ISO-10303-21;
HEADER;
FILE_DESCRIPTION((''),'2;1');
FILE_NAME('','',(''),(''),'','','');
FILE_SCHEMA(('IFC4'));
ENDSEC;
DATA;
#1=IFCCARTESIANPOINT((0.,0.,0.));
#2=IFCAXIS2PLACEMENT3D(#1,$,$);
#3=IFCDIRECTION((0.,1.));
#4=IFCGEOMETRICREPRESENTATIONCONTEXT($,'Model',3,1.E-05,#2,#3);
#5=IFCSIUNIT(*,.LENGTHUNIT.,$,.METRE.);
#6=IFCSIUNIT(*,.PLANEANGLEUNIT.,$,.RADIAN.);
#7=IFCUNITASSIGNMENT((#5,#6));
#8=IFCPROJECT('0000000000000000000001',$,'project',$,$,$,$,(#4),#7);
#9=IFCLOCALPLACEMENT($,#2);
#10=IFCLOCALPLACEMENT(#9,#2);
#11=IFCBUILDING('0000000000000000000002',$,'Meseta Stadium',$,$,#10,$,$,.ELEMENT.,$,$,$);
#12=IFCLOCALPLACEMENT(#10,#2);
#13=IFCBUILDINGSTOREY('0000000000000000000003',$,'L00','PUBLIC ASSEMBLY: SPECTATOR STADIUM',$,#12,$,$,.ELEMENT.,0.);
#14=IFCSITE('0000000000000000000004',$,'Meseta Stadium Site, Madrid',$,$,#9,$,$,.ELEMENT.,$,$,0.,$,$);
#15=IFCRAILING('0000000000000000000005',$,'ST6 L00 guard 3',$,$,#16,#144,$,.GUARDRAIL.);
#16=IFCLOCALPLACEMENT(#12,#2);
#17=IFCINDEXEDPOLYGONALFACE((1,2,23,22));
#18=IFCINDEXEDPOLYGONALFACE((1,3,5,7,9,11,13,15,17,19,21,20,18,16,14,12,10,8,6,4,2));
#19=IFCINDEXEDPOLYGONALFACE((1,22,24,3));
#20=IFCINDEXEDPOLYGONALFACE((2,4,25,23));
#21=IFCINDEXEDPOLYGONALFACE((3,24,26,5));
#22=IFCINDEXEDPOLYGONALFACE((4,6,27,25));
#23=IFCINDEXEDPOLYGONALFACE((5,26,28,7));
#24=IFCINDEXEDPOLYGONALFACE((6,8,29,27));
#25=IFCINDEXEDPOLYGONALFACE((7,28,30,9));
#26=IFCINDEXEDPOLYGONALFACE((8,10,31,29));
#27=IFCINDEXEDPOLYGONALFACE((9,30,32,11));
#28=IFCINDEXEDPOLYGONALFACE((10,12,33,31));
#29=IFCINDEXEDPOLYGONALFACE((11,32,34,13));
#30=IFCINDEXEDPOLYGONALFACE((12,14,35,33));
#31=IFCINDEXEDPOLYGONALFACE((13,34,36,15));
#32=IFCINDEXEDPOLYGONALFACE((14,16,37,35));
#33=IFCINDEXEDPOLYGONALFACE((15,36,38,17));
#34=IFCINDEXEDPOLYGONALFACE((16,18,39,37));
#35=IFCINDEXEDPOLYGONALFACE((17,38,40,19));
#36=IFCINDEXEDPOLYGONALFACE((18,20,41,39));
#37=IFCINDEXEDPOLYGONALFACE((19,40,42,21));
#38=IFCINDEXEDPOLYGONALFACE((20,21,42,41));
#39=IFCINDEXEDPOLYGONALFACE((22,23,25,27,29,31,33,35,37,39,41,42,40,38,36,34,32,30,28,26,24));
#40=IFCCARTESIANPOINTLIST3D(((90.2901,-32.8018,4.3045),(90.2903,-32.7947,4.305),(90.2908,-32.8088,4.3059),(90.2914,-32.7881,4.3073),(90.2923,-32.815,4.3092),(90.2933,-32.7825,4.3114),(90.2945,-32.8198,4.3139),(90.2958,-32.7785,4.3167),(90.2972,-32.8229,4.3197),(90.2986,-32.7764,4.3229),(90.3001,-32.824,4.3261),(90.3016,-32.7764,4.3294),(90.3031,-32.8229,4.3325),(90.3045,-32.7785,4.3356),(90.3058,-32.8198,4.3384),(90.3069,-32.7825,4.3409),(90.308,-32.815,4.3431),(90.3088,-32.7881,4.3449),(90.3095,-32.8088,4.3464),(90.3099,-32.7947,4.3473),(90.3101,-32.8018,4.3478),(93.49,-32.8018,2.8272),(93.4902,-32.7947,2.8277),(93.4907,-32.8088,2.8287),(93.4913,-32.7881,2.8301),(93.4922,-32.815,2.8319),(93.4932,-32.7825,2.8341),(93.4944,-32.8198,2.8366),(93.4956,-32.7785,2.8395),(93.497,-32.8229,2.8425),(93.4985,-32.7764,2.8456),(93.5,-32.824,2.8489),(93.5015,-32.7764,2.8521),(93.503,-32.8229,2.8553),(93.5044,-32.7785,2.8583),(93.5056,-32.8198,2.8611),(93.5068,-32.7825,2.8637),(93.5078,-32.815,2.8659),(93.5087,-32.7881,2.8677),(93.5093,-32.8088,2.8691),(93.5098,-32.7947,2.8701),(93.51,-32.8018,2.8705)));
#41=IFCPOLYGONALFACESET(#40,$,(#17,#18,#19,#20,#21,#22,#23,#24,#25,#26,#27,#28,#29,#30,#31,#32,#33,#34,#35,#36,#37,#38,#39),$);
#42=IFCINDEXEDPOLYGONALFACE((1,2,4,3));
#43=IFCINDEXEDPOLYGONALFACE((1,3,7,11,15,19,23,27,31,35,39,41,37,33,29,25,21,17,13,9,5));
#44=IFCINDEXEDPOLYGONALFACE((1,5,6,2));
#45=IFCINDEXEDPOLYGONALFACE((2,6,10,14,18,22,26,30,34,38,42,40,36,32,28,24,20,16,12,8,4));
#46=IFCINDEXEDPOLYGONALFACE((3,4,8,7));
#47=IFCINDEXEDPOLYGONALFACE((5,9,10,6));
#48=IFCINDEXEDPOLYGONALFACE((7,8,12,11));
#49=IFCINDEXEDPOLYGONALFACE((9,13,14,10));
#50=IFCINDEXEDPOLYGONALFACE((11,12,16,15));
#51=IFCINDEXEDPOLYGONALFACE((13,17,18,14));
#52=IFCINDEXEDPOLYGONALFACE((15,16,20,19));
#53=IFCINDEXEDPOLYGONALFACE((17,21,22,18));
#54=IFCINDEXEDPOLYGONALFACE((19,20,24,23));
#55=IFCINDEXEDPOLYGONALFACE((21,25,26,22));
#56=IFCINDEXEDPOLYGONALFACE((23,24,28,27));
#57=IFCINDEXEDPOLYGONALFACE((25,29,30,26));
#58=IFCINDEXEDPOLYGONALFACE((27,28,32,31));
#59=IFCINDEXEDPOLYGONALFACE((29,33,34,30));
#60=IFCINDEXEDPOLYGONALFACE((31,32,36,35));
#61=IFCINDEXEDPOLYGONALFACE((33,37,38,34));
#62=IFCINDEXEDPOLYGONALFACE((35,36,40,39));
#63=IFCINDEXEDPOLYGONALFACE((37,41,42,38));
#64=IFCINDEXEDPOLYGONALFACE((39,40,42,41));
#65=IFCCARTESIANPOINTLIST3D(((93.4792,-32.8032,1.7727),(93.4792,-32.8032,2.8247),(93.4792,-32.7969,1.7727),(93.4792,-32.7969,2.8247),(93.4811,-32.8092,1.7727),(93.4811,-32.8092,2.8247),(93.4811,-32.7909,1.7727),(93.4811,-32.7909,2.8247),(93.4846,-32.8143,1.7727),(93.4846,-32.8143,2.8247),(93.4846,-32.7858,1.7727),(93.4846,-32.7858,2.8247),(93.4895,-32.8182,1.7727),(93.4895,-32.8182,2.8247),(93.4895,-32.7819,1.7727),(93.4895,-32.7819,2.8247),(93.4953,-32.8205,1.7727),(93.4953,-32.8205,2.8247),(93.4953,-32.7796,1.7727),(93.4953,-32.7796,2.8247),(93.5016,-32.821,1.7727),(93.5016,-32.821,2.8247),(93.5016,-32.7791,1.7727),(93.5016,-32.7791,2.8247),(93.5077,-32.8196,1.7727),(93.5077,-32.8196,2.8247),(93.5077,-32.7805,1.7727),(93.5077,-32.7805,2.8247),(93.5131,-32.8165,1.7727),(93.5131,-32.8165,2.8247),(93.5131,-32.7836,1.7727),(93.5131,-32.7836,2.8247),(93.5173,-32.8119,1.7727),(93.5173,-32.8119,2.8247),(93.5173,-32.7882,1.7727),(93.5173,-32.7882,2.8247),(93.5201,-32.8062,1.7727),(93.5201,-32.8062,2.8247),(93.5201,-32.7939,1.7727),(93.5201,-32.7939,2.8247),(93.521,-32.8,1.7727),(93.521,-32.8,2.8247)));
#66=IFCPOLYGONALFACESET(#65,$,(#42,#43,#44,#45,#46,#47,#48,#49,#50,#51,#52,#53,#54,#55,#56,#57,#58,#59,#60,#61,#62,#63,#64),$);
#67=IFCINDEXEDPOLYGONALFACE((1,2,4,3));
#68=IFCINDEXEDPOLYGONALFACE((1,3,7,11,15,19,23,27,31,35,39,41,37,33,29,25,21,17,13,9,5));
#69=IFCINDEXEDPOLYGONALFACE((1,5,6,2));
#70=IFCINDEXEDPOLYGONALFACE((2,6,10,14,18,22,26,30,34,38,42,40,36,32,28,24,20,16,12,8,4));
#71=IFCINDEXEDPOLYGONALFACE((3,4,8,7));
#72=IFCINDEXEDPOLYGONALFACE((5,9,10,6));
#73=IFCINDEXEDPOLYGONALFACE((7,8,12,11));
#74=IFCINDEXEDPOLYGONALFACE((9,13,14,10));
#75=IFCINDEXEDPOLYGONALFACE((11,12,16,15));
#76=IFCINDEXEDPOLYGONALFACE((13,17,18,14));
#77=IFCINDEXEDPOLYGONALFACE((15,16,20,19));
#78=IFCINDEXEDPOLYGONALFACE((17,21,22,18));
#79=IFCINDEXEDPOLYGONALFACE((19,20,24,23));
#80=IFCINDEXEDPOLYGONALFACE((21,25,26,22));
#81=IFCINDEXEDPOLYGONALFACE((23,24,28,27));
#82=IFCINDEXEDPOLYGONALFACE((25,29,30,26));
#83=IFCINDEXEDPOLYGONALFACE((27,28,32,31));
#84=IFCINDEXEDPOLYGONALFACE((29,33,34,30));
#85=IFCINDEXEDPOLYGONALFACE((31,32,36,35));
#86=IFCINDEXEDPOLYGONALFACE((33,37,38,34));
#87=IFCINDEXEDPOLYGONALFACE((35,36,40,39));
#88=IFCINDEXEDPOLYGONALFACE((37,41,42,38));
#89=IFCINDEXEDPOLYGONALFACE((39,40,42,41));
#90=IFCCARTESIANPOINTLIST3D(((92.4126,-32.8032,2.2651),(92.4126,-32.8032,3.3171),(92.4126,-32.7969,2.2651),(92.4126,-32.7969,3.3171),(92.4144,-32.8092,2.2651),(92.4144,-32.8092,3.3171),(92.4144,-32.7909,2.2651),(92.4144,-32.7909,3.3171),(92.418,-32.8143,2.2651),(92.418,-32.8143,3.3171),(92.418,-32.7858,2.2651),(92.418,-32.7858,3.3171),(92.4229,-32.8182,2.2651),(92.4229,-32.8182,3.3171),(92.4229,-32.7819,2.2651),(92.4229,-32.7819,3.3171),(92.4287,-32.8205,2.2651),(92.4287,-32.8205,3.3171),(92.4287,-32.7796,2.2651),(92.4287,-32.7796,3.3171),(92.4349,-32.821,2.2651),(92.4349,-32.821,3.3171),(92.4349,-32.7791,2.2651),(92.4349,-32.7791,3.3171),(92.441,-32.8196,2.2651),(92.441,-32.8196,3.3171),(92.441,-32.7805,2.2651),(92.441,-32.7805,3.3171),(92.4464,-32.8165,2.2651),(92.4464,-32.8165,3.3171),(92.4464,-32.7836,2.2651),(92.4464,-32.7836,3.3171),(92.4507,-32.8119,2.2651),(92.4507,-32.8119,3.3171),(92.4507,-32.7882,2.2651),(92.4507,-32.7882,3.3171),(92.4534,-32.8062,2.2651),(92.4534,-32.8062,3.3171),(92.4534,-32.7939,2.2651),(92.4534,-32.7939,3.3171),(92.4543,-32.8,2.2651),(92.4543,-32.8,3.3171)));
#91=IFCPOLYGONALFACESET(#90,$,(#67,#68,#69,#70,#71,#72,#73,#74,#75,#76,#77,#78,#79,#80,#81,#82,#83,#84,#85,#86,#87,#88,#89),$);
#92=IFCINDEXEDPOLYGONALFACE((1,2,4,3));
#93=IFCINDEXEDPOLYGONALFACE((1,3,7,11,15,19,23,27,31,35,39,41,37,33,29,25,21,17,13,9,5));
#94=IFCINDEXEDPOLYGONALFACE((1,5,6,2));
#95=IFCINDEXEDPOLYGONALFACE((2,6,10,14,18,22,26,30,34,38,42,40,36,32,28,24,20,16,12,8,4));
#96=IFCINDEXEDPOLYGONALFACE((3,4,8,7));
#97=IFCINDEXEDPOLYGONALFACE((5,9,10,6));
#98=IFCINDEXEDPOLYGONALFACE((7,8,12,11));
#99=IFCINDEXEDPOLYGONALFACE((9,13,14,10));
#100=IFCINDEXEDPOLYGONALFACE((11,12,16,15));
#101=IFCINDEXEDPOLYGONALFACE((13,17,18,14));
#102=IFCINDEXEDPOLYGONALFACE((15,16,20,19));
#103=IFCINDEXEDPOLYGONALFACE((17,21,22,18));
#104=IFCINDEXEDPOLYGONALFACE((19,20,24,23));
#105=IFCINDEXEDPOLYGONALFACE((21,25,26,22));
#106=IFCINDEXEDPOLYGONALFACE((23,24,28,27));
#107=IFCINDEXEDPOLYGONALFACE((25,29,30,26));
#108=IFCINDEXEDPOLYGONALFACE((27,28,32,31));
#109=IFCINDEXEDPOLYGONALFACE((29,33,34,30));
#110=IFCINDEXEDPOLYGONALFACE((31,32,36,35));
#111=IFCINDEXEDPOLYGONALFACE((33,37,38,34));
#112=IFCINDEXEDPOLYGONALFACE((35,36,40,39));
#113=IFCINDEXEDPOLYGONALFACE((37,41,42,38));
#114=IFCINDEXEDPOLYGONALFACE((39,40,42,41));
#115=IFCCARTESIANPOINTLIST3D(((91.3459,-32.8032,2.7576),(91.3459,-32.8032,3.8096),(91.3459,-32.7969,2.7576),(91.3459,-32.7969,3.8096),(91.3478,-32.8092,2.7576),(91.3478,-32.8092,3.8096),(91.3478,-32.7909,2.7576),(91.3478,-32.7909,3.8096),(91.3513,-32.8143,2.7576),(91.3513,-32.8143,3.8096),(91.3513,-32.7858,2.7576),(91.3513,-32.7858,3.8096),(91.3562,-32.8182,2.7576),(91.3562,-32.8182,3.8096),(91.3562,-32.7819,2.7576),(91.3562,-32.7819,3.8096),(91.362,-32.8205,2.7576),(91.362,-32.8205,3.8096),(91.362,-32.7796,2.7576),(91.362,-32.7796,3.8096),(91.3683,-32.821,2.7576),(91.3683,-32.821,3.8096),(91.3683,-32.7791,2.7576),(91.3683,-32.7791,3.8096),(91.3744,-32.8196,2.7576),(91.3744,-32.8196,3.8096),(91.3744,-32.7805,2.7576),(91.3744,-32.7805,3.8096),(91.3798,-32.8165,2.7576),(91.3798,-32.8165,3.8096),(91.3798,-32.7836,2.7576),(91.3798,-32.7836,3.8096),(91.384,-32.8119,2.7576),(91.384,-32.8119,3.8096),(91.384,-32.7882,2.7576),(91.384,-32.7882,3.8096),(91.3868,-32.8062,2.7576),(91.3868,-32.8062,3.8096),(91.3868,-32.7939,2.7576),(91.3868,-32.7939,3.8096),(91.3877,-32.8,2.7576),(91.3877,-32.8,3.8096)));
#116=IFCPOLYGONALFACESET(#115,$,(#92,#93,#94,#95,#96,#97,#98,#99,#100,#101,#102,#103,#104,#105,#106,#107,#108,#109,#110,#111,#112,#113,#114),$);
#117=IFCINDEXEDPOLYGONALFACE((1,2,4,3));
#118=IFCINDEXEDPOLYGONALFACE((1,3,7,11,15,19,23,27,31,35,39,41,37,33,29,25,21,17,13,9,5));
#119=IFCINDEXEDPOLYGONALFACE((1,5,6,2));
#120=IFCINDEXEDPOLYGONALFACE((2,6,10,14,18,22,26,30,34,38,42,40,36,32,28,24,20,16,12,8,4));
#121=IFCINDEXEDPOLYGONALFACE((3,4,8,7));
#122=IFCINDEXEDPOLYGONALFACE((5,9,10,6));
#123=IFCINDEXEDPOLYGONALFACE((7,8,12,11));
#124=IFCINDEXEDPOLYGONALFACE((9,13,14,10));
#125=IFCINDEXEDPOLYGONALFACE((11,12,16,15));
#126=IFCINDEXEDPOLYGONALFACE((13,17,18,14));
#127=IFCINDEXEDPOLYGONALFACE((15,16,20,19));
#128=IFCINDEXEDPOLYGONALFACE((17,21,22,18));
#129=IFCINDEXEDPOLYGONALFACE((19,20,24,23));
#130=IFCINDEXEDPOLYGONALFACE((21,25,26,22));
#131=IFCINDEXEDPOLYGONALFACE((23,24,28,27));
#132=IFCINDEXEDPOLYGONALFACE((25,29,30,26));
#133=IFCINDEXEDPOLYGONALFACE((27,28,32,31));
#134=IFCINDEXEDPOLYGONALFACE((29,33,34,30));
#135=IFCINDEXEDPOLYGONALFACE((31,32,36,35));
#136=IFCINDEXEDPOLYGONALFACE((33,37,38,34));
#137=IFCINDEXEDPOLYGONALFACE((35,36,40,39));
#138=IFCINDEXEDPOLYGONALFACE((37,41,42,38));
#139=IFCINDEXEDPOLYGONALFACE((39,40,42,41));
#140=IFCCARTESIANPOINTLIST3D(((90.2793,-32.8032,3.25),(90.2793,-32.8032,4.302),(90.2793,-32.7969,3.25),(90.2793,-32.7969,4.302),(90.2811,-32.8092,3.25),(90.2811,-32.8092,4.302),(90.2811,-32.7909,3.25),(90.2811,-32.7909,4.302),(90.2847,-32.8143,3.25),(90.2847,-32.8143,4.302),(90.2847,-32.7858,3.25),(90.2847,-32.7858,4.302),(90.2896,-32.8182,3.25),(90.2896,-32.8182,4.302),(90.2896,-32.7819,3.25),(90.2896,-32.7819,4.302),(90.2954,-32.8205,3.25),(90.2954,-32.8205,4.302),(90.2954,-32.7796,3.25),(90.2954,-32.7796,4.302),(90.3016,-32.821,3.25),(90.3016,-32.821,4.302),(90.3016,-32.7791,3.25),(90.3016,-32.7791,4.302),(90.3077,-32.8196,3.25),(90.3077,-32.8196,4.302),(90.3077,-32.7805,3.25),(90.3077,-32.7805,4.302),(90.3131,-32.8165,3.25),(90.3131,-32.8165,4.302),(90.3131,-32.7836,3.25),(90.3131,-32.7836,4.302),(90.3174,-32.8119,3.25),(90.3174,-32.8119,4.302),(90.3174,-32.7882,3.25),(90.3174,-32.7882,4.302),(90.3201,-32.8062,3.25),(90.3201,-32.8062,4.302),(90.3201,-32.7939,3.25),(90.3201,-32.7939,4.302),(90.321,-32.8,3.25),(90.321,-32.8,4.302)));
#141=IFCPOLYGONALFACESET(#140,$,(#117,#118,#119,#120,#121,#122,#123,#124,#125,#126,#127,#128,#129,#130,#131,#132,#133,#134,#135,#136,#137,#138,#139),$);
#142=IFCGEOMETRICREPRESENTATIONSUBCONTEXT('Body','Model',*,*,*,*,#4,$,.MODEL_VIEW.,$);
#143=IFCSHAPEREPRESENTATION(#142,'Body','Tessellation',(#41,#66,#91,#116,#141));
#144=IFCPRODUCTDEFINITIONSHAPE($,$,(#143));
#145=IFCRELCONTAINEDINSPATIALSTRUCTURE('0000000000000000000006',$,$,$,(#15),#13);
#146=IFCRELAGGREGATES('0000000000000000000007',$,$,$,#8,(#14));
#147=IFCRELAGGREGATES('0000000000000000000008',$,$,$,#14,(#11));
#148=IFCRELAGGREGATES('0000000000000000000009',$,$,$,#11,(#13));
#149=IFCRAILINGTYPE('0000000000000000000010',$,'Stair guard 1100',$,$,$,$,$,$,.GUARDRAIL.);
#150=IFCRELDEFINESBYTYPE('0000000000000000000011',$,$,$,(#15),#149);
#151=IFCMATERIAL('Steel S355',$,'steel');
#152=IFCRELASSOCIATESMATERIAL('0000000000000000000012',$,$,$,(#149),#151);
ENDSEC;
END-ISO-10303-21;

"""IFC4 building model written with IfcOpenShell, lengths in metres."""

from ifc_helpers import new_model, si_unit, direction, frame, origin, origin_2d, place, context, subcontext, project, spatial, circle, extrude, material, type_object, element, save


model = new_model("IFC4")

# Units and contexts
model_context = context("Model", 3, precision=1e-05, world=origin(), true_north=direction((0.0, 1.0)))
body_context = subcontext(model_context, "Body", "Model", "MODEL_VIEW")
ifc_project = project(units=[si_unit("LENGTHUNIT", "METRE"), si_unit("PLANEANGLEUNIT", "RADIAN")], contexts=[model_context])

# Site, building, storey
site_placement = place(None, origin())
site = spatial("IfcSite", under=ifc_project, at=site_placement, Name="Meseta Stadium Site, Madrid", CompositionType="ELEMENT", RefElevation=0.0)
building_placement = place(site_placement, origin())
building = spatial("IfcBuilding", under=site, at=building_placement, Name="Meseta Stadium", CompositionType="ELEMENT")
storey_placement = place(building_placement, origin())
storey = spatial("IfcBuildingStorey", under=building, at=storey_placement, Name="L00", Description="PUBLIC ASSEMBLY: SPECTATOR STADIUM", CompositionType="ELEMENT", Elevation=0.0)

# Railing
ifc_material_1 = material(Name="Steel S355", Category="steel")
railing_type_1 = type_object("IfcRailingType", Name="Stair guard 1100", PredefinedType="GUARDRAIL", material=ifc_material_1)
railing_1_placement = place(storey_placement, frame((93.5, -32.8, 1.7727)))
element("IfcRailing", 1, at=railing_1_placement, inside=storey, type_object=railing_type_1, Name="ST6 L00 guard 3", PredefinedType="GUARDRAIL", context=body_context, shape_type="SweptSolid", body=[
    extrude(circle(Radius=0.0239, at=origin_2d()), frame((0.0, 0.0, 1.0762), z_axis=(-0.907917, 0.0, 0.41915), x_axis=(0.0, -1.0, 0.0)), (0.0, 0.0, 1.0), 3.5244),
    extrude(circle(Radius=0.021, at=origin_2d()), origin(), (0.0, 0.0, 1.0), 1.052),
    extrude(circle(Radius=0.021, at=origin_2d()), frame((-1.0667, 0.0, 0.4924)), (0.0, 0.0, 1.0), 1.052),
    extrude(circle(Radius=0.021, at=origin_2d()), frame((-2.1333, 0.0, 0.9849)), (0.0, 0.0, 1.0), 1.052),
    extrude(circle(Radius=0.021, at=origin_2d()), frame((-3.2, 0.0, 1.4773)), (0.0, 0.0, 1.0), 1.052),
])

save(model, "model.ifc")
